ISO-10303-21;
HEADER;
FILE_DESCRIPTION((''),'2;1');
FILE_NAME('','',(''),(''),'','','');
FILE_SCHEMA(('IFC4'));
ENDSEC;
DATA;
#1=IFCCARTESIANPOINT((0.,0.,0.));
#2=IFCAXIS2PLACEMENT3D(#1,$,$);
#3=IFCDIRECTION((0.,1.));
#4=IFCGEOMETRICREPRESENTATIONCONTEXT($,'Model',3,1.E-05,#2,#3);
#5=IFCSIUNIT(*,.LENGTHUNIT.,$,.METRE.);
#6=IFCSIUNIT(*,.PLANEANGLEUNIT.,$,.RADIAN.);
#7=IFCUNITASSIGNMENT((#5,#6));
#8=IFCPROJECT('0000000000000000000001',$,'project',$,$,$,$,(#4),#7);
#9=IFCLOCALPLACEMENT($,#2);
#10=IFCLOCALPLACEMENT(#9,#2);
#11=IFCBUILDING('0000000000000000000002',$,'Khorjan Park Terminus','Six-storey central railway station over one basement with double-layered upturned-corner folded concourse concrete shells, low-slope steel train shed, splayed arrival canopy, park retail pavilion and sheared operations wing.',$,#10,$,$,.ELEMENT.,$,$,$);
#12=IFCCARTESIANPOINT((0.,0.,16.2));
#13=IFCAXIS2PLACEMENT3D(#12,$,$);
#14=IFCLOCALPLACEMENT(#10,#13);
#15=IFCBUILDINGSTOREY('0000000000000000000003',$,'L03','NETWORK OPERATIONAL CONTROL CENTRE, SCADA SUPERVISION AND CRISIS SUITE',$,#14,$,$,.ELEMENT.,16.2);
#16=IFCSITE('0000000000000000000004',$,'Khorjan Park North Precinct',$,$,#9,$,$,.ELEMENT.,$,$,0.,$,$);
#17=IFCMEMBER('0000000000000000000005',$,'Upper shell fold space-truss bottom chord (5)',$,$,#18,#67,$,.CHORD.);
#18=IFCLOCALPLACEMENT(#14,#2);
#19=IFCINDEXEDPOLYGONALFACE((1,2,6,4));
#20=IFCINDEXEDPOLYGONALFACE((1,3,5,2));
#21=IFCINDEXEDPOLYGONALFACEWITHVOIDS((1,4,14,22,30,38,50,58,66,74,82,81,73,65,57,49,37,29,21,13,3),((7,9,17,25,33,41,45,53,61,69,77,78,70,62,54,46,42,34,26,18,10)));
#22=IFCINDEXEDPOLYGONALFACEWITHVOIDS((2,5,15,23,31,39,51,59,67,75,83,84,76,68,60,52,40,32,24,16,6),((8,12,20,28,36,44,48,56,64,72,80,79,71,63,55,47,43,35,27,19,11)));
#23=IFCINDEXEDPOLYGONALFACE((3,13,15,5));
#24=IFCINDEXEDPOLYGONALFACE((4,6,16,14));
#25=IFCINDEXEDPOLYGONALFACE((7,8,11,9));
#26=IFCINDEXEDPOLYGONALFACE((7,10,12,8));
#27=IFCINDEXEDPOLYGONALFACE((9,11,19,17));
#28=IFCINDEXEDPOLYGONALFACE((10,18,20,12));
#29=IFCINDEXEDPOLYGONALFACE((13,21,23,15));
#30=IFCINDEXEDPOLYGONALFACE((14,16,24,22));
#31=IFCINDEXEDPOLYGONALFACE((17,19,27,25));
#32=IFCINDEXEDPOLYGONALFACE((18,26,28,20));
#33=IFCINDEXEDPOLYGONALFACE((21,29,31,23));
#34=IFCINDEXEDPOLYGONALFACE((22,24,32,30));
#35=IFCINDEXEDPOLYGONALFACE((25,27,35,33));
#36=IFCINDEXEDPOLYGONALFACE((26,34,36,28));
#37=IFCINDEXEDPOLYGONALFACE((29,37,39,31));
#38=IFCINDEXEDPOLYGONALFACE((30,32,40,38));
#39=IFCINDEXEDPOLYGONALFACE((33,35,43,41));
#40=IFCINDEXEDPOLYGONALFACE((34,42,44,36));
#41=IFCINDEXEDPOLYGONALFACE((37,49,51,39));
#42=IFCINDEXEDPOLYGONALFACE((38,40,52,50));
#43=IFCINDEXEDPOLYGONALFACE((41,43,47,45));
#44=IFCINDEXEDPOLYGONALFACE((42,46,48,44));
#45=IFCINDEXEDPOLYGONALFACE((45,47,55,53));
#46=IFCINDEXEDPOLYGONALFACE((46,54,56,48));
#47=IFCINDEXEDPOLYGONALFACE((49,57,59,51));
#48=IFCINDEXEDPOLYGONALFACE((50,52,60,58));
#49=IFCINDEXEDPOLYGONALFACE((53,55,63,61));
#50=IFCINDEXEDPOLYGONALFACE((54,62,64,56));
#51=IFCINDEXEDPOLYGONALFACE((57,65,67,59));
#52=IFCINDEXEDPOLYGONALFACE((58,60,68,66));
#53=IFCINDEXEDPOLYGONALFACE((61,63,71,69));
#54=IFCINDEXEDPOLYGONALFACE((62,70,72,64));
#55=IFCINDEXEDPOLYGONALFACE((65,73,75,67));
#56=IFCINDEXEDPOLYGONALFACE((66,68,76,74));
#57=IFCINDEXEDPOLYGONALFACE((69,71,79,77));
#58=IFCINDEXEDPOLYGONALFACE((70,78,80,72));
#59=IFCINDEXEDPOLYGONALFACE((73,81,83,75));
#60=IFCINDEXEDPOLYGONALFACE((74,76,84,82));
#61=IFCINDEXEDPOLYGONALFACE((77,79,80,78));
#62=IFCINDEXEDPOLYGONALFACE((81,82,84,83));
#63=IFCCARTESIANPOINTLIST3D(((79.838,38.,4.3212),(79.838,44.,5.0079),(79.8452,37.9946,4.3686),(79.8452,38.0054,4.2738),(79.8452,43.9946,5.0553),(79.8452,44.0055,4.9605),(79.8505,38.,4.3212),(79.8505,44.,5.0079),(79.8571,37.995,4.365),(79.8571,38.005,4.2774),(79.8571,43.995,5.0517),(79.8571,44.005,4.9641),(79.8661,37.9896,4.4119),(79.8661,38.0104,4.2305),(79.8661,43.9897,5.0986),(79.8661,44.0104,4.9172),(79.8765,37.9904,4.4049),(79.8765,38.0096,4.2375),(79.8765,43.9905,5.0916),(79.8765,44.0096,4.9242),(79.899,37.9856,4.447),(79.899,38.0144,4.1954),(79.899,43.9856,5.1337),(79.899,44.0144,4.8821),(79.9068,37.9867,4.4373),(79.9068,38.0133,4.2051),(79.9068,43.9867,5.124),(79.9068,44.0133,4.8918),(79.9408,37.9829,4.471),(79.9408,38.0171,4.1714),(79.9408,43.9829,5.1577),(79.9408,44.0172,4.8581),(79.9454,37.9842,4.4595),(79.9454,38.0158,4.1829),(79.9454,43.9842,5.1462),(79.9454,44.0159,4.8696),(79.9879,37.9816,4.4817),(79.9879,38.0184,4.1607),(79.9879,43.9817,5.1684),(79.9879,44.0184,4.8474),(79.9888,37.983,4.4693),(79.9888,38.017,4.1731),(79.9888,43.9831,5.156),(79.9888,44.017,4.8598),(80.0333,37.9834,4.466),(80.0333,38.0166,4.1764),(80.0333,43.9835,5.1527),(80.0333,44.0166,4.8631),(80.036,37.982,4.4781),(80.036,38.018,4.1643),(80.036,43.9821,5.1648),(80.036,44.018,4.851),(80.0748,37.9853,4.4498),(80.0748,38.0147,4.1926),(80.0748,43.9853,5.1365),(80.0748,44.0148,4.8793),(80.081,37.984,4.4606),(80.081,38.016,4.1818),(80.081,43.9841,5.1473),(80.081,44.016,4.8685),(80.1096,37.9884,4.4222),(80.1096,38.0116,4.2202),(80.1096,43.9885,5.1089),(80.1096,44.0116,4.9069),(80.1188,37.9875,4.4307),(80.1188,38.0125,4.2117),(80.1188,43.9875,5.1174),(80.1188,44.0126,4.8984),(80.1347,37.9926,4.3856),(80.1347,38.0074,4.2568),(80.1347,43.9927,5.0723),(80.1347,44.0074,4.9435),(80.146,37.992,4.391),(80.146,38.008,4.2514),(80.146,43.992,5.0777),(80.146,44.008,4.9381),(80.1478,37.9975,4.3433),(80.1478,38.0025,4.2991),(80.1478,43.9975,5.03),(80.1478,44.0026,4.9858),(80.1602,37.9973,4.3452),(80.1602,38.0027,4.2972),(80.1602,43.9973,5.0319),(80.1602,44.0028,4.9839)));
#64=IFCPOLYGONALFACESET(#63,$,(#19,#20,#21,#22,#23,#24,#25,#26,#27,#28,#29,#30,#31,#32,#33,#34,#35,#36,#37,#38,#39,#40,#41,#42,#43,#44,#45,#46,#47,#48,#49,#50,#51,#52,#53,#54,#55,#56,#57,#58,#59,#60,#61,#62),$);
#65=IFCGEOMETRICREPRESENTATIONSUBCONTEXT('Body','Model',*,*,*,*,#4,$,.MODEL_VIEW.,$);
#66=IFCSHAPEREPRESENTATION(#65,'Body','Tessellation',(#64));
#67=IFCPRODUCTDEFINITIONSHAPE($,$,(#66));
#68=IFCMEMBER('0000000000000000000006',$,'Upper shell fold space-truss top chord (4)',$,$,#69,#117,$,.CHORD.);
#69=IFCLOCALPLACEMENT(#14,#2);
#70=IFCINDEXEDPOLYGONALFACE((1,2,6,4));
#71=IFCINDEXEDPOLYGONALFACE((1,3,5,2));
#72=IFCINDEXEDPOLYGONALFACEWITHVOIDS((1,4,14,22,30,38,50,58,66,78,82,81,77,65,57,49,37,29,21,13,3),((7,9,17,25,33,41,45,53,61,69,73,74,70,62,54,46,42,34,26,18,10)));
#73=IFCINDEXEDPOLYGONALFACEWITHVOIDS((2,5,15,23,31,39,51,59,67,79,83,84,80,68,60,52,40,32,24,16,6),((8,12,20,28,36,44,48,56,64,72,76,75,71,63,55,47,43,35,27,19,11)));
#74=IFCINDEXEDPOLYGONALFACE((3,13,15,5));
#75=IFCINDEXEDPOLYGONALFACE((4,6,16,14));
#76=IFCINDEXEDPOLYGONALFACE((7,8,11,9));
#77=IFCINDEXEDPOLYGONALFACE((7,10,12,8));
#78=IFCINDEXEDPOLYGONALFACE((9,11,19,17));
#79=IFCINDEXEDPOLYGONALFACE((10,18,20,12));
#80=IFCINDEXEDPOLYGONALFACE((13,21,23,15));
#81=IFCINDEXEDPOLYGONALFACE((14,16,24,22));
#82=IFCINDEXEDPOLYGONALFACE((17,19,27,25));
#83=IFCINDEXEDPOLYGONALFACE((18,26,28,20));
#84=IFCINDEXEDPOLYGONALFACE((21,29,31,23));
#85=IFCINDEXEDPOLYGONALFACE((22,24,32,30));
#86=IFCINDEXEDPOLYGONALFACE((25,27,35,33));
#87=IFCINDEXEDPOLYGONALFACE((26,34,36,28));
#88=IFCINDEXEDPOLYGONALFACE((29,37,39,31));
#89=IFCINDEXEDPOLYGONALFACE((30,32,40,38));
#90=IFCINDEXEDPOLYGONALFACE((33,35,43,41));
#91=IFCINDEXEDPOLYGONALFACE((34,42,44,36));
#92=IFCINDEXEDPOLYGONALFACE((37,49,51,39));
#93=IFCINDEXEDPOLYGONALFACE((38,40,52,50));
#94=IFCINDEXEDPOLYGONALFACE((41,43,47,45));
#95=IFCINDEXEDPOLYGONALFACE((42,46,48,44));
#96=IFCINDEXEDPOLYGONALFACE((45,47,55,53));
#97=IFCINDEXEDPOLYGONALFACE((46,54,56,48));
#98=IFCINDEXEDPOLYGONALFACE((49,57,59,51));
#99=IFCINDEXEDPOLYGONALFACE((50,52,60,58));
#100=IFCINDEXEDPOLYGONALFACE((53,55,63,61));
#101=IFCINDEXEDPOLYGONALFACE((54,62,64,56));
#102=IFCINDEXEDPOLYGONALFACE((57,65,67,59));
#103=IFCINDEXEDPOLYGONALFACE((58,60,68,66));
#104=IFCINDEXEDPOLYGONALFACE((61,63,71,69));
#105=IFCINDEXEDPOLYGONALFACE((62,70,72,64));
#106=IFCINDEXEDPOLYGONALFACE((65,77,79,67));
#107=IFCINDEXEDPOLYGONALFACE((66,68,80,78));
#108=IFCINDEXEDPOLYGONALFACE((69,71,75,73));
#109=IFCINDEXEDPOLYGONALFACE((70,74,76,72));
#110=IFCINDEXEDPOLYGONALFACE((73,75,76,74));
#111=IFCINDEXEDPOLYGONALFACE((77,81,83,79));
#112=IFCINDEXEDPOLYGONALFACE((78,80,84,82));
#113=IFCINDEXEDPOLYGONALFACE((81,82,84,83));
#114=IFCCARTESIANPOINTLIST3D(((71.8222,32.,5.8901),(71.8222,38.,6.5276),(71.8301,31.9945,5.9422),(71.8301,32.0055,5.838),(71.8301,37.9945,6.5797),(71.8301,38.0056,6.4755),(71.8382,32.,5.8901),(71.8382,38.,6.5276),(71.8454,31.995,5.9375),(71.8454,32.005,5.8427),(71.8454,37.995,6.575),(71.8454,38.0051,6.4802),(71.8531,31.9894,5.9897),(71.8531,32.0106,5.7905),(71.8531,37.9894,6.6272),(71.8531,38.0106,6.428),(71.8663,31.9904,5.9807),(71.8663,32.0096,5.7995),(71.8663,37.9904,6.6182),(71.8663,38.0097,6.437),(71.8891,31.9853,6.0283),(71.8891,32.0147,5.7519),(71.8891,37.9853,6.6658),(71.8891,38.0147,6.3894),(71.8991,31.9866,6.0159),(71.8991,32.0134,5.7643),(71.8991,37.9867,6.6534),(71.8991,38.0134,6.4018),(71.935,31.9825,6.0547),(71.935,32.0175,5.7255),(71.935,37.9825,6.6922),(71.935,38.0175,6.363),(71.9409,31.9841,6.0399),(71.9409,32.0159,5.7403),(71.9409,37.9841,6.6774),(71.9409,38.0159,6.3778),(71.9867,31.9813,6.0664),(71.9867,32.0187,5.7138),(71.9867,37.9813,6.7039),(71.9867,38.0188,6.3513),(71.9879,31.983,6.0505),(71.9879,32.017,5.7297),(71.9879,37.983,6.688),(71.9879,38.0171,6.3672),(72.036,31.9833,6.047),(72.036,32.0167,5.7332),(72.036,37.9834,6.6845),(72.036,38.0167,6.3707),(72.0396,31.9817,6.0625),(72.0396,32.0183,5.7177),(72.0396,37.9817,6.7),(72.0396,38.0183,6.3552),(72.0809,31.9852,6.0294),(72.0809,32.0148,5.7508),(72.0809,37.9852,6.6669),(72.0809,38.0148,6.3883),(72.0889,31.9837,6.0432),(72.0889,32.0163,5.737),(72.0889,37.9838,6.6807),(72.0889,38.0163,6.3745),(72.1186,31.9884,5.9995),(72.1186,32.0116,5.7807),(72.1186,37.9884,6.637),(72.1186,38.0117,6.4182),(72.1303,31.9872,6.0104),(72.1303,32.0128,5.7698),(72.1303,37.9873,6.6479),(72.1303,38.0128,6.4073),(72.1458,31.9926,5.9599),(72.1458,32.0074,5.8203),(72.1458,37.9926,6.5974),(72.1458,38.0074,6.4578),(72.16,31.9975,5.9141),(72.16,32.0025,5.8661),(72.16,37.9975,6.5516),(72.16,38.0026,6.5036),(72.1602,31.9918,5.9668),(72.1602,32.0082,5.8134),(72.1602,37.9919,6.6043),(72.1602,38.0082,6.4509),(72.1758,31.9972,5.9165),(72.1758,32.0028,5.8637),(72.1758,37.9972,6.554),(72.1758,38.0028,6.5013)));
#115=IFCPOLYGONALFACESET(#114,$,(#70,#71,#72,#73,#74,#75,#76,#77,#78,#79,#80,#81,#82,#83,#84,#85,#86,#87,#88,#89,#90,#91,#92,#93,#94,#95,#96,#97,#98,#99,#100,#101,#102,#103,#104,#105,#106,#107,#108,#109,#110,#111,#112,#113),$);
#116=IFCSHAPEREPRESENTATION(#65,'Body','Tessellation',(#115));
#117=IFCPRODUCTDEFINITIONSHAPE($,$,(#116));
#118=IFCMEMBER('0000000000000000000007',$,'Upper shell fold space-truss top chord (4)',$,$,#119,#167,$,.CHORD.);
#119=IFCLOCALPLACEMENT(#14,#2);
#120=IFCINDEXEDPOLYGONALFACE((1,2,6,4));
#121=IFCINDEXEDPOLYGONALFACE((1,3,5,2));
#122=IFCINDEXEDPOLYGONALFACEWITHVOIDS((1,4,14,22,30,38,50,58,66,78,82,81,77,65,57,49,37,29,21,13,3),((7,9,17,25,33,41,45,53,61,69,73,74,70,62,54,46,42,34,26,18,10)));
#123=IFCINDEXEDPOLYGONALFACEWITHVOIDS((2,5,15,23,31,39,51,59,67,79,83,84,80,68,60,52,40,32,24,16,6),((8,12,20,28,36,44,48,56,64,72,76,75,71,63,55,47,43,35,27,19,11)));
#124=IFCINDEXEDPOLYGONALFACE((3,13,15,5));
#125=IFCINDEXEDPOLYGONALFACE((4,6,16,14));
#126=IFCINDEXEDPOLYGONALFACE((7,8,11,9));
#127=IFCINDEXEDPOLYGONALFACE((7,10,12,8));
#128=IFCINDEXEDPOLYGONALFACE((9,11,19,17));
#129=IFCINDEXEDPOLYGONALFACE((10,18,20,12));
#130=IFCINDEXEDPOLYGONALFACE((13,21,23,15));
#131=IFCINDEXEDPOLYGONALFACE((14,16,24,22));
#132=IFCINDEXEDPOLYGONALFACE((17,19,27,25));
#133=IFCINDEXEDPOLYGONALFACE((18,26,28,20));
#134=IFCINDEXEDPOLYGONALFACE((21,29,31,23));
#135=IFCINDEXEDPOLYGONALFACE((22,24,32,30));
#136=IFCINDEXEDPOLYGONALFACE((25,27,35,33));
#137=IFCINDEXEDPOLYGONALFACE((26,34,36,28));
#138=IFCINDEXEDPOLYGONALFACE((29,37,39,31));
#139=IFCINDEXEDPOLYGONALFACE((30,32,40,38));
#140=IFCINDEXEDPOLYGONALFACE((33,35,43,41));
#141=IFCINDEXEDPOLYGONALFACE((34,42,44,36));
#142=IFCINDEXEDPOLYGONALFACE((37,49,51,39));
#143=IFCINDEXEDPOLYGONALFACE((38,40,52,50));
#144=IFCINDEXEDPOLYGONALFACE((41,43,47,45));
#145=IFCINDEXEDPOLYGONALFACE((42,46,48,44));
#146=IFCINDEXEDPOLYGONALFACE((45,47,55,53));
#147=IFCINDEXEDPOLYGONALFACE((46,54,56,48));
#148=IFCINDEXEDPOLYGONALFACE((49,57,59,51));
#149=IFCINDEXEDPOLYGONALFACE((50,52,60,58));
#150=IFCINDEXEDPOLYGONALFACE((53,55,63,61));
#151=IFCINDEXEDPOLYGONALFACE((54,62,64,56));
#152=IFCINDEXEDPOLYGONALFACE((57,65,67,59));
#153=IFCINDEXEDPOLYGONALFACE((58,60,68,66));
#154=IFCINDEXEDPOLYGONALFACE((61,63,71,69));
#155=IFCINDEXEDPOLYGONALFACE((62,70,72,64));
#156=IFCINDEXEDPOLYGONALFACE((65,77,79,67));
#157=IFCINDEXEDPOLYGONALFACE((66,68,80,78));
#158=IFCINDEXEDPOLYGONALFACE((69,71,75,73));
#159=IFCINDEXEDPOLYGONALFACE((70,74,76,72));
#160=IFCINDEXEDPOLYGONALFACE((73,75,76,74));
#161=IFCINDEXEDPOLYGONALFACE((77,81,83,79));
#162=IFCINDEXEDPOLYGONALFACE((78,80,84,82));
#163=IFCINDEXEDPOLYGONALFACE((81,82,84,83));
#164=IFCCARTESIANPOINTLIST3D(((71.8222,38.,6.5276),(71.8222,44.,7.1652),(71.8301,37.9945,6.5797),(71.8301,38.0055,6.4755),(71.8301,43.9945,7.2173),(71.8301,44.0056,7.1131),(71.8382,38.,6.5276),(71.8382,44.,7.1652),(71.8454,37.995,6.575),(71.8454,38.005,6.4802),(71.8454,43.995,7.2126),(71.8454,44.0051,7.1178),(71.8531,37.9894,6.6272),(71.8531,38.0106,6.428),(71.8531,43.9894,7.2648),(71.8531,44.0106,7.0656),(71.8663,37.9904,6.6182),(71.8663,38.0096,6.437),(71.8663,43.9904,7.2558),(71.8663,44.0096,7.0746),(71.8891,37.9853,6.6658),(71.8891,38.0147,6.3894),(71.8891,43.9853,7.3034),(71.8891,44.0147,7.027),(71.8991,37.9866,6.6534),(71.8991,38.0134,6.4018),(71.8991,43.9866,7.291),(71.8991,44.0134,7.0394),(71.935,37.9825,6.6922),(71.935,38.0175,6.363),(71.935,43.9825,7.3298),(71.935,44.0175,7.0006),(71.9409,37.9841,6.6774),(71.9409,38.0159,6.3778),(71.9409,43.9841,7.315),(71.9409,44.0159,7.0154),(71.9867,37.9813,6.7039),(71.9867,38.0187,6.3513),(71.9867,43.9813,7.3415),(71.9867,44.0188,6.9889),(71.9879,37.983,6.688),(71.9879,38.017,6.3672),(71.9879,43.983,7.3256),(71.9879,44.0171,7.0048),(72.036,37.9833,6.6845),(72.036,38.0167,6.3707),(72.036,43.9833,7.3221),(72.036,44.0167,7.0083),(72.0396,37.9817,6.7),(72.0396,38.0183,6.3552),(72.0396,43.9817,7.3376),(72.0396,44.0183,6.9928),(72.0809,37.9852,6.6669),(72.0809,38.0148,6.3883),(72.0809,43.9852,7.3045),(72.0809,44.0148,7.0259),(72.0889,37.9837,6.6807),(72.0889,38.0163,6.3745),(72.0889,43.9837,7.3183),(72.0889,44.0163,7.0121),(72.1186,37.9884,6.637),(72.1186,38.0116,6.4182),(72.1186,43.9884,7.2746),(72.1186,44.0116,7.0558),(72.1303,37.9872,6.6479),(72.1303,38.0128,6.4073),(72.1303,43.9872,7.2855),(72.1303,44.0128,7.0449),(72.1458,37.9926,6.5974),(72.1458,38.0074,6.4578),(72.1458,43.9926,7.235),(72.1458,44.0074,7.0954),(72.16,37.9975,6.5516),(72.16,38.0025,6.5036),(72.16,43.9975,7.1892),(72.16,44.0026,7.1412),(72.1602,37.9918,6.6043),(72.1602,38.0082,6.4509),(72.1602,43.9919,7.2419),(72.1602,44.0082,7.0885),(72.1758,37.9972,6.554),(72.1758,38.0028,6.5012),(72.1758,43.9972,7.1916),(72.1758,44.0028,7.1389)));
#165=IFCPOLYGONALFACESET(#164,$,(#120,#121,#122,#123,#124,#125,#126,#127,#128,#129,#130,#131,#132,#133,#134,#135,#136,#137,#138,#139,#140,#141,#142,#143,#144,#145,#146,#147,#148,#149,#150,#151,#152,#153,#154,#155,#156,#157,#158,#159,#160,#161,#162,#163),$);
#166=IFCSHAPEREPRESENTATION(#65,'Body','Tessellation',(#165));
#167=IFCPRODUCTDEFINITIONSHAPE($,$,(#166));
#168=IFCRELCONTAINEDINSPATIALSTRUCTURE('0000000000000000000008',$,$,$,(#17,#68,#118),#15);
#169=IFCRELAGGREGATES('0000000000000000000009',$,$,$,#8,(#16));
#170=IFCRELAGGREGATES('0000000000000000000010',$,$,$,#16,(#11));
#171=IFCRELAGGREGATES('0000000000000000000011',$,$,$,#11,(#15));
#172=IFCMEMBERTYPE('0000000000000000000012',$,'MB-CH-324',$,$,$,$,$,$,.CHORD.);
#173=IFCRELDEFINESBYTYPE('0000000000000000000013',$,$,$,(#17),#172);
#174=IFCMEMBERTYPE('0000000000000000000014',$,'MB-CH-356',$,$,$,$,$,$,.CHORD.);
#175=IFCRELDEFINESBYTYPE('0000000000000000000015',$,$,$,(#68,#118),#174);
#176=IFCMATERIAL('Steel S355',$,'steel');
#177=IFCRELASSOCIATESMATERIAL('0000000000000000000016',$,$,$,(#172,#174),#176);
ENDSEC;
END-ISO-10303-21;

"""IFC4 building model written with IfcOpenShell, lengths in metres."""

from ifc_helpers import new_model, si_unit, direction, frame, origin, origin_2d, place, context, subcontext, project, spatial, hollow_circle, extrude, material, material_profile, profile_set, type_object, element, save


model = new_model("IFC4")

# Units and contexts
model_context = context("Model", 3, precision=1e-05, world=origin(), true_north=direction((0.0, 1.0)))
body_context = subcontext(model_context, "Body", "Model", "MODEL_VIEW")
ifc_project = project(units=[si_unit("LENGTHUNIT", "METRE"), si_unit("PLANEANGLEUNIT", "RADIAN")], contexts=[model_context])

# Site, building, storey
site_placement = place(None, origin())
site = spatial("IfcSite", under=ifc_project, at=site_placement, Name="Khorjan Park North Precinct", CompositionType="ELEMENT", RefElevation=0.0)
building_placement = place(site_placement, origin())
building = spatial("IfcBuilding", under=site, at=building_placement, Name="Khorjan Park Terminus", Description="Six-storey central railway station over one basement with double-layered upturned-corner folded concourse concrete shells, low-slope steel train shed, splayed arrival canopy, park retail pavilion and sheared operations wing.", CompositionType="ELEMENT")
storey_placement = place(building_placement, frame((0.0, 0.0, 16.2)))
storey = spatial("IfcBuildingStorey", under=building, at=storey_placement, Name="L03", Description="NETWORK OPERATIONAL CONTROL CENTRE, SCADA SUPERVISION AND CRISIS SUITE", CompositionType="ELEMENT", Elevation=16.2)

# Members
ifc_material = material(Name="Steel S355", Category="steel")
ifc_material_profile_1 = material_profile(ifc_material, hollow_circle(Radius=0.162, WallThickness=0.0125, at=origin_2d()), Name="CHS 323.9x12.5")
ifc_profile_set_1 = profile_set([ifc_material_profile_1], Name="Steel S355")
member_type_1 = type_object("IfcMemberType", Name="MB-CH-324", PredefinedType="CHORD", material=ifc_profile_set_1)
for number, where, z_axis, x_axis, name in (
    (1, (80.0, 38.0, 4.3212), (0.0, 0.993514, 0.113708), (-1.0, 0.0, 0.0), "Upper shell fold space-truss bottom chord (5)"),
):
    element("IfcMember", number, at=place(storey_placement, frame(where, z_axis=z_axis, x_axis=x_axis)), inside=storey, type_object=member_type_1, Name=name, PredefinedType="CHORD", context=body_context, shape_type="SweptSolid", body=[
        extrude(hollow_circle(Radius=0.162, WallThickness=0.0125, at=origin_2d()), origin(), (0.0, 0.0, 1.0), 6.0392),
    ])
ifc_material_profile_2 = material_profile(ifc_material, hollow_circle(Radius=0.1778, WallThickness=0.016, at=origin_2d()), Name="CHS 355.6x16")
ifc_profile_set_2 = profile_set([ifc_material_profile_2], Name="Steel S355")
member_type_2 = type_object("IfcMemberType", Name="MB-CH-356", PredefinedType="CHORD", material=ifc_profile_set_2)
for number, where, z_axis, x_axis, name in (
    (2, (72.0, 32.0, 5.8901), (0.0, 0.994403, 0.105655), (-1.0, 0.0, 0.0), "Upper shell fold space-truss top chord (4)"),
    (3, (72.0, 38.0, 6.5276), (0.0, 0.994401, 0.105672), (-1.0, 0.0, 0.0), "Upper shell fold space-truss top chord (4)"),
):
    element("IfcMember", number, at=place(storey_placement, frame(where, z_axis=z_axis, x_axis=x_axis)), inside=storey, type_object=member_type_2, Name=name, PredefinedType="CHORD", context=body_context, shape_type="SweptSolid", body=[
        extrude(hollow_circle(Radius=0.1778, WallThickness=0.016, at=origin_2d()), origin(), (0.0, 0.0, 1.0), 6.0338),
    ])

save(model, "model.ifc")
